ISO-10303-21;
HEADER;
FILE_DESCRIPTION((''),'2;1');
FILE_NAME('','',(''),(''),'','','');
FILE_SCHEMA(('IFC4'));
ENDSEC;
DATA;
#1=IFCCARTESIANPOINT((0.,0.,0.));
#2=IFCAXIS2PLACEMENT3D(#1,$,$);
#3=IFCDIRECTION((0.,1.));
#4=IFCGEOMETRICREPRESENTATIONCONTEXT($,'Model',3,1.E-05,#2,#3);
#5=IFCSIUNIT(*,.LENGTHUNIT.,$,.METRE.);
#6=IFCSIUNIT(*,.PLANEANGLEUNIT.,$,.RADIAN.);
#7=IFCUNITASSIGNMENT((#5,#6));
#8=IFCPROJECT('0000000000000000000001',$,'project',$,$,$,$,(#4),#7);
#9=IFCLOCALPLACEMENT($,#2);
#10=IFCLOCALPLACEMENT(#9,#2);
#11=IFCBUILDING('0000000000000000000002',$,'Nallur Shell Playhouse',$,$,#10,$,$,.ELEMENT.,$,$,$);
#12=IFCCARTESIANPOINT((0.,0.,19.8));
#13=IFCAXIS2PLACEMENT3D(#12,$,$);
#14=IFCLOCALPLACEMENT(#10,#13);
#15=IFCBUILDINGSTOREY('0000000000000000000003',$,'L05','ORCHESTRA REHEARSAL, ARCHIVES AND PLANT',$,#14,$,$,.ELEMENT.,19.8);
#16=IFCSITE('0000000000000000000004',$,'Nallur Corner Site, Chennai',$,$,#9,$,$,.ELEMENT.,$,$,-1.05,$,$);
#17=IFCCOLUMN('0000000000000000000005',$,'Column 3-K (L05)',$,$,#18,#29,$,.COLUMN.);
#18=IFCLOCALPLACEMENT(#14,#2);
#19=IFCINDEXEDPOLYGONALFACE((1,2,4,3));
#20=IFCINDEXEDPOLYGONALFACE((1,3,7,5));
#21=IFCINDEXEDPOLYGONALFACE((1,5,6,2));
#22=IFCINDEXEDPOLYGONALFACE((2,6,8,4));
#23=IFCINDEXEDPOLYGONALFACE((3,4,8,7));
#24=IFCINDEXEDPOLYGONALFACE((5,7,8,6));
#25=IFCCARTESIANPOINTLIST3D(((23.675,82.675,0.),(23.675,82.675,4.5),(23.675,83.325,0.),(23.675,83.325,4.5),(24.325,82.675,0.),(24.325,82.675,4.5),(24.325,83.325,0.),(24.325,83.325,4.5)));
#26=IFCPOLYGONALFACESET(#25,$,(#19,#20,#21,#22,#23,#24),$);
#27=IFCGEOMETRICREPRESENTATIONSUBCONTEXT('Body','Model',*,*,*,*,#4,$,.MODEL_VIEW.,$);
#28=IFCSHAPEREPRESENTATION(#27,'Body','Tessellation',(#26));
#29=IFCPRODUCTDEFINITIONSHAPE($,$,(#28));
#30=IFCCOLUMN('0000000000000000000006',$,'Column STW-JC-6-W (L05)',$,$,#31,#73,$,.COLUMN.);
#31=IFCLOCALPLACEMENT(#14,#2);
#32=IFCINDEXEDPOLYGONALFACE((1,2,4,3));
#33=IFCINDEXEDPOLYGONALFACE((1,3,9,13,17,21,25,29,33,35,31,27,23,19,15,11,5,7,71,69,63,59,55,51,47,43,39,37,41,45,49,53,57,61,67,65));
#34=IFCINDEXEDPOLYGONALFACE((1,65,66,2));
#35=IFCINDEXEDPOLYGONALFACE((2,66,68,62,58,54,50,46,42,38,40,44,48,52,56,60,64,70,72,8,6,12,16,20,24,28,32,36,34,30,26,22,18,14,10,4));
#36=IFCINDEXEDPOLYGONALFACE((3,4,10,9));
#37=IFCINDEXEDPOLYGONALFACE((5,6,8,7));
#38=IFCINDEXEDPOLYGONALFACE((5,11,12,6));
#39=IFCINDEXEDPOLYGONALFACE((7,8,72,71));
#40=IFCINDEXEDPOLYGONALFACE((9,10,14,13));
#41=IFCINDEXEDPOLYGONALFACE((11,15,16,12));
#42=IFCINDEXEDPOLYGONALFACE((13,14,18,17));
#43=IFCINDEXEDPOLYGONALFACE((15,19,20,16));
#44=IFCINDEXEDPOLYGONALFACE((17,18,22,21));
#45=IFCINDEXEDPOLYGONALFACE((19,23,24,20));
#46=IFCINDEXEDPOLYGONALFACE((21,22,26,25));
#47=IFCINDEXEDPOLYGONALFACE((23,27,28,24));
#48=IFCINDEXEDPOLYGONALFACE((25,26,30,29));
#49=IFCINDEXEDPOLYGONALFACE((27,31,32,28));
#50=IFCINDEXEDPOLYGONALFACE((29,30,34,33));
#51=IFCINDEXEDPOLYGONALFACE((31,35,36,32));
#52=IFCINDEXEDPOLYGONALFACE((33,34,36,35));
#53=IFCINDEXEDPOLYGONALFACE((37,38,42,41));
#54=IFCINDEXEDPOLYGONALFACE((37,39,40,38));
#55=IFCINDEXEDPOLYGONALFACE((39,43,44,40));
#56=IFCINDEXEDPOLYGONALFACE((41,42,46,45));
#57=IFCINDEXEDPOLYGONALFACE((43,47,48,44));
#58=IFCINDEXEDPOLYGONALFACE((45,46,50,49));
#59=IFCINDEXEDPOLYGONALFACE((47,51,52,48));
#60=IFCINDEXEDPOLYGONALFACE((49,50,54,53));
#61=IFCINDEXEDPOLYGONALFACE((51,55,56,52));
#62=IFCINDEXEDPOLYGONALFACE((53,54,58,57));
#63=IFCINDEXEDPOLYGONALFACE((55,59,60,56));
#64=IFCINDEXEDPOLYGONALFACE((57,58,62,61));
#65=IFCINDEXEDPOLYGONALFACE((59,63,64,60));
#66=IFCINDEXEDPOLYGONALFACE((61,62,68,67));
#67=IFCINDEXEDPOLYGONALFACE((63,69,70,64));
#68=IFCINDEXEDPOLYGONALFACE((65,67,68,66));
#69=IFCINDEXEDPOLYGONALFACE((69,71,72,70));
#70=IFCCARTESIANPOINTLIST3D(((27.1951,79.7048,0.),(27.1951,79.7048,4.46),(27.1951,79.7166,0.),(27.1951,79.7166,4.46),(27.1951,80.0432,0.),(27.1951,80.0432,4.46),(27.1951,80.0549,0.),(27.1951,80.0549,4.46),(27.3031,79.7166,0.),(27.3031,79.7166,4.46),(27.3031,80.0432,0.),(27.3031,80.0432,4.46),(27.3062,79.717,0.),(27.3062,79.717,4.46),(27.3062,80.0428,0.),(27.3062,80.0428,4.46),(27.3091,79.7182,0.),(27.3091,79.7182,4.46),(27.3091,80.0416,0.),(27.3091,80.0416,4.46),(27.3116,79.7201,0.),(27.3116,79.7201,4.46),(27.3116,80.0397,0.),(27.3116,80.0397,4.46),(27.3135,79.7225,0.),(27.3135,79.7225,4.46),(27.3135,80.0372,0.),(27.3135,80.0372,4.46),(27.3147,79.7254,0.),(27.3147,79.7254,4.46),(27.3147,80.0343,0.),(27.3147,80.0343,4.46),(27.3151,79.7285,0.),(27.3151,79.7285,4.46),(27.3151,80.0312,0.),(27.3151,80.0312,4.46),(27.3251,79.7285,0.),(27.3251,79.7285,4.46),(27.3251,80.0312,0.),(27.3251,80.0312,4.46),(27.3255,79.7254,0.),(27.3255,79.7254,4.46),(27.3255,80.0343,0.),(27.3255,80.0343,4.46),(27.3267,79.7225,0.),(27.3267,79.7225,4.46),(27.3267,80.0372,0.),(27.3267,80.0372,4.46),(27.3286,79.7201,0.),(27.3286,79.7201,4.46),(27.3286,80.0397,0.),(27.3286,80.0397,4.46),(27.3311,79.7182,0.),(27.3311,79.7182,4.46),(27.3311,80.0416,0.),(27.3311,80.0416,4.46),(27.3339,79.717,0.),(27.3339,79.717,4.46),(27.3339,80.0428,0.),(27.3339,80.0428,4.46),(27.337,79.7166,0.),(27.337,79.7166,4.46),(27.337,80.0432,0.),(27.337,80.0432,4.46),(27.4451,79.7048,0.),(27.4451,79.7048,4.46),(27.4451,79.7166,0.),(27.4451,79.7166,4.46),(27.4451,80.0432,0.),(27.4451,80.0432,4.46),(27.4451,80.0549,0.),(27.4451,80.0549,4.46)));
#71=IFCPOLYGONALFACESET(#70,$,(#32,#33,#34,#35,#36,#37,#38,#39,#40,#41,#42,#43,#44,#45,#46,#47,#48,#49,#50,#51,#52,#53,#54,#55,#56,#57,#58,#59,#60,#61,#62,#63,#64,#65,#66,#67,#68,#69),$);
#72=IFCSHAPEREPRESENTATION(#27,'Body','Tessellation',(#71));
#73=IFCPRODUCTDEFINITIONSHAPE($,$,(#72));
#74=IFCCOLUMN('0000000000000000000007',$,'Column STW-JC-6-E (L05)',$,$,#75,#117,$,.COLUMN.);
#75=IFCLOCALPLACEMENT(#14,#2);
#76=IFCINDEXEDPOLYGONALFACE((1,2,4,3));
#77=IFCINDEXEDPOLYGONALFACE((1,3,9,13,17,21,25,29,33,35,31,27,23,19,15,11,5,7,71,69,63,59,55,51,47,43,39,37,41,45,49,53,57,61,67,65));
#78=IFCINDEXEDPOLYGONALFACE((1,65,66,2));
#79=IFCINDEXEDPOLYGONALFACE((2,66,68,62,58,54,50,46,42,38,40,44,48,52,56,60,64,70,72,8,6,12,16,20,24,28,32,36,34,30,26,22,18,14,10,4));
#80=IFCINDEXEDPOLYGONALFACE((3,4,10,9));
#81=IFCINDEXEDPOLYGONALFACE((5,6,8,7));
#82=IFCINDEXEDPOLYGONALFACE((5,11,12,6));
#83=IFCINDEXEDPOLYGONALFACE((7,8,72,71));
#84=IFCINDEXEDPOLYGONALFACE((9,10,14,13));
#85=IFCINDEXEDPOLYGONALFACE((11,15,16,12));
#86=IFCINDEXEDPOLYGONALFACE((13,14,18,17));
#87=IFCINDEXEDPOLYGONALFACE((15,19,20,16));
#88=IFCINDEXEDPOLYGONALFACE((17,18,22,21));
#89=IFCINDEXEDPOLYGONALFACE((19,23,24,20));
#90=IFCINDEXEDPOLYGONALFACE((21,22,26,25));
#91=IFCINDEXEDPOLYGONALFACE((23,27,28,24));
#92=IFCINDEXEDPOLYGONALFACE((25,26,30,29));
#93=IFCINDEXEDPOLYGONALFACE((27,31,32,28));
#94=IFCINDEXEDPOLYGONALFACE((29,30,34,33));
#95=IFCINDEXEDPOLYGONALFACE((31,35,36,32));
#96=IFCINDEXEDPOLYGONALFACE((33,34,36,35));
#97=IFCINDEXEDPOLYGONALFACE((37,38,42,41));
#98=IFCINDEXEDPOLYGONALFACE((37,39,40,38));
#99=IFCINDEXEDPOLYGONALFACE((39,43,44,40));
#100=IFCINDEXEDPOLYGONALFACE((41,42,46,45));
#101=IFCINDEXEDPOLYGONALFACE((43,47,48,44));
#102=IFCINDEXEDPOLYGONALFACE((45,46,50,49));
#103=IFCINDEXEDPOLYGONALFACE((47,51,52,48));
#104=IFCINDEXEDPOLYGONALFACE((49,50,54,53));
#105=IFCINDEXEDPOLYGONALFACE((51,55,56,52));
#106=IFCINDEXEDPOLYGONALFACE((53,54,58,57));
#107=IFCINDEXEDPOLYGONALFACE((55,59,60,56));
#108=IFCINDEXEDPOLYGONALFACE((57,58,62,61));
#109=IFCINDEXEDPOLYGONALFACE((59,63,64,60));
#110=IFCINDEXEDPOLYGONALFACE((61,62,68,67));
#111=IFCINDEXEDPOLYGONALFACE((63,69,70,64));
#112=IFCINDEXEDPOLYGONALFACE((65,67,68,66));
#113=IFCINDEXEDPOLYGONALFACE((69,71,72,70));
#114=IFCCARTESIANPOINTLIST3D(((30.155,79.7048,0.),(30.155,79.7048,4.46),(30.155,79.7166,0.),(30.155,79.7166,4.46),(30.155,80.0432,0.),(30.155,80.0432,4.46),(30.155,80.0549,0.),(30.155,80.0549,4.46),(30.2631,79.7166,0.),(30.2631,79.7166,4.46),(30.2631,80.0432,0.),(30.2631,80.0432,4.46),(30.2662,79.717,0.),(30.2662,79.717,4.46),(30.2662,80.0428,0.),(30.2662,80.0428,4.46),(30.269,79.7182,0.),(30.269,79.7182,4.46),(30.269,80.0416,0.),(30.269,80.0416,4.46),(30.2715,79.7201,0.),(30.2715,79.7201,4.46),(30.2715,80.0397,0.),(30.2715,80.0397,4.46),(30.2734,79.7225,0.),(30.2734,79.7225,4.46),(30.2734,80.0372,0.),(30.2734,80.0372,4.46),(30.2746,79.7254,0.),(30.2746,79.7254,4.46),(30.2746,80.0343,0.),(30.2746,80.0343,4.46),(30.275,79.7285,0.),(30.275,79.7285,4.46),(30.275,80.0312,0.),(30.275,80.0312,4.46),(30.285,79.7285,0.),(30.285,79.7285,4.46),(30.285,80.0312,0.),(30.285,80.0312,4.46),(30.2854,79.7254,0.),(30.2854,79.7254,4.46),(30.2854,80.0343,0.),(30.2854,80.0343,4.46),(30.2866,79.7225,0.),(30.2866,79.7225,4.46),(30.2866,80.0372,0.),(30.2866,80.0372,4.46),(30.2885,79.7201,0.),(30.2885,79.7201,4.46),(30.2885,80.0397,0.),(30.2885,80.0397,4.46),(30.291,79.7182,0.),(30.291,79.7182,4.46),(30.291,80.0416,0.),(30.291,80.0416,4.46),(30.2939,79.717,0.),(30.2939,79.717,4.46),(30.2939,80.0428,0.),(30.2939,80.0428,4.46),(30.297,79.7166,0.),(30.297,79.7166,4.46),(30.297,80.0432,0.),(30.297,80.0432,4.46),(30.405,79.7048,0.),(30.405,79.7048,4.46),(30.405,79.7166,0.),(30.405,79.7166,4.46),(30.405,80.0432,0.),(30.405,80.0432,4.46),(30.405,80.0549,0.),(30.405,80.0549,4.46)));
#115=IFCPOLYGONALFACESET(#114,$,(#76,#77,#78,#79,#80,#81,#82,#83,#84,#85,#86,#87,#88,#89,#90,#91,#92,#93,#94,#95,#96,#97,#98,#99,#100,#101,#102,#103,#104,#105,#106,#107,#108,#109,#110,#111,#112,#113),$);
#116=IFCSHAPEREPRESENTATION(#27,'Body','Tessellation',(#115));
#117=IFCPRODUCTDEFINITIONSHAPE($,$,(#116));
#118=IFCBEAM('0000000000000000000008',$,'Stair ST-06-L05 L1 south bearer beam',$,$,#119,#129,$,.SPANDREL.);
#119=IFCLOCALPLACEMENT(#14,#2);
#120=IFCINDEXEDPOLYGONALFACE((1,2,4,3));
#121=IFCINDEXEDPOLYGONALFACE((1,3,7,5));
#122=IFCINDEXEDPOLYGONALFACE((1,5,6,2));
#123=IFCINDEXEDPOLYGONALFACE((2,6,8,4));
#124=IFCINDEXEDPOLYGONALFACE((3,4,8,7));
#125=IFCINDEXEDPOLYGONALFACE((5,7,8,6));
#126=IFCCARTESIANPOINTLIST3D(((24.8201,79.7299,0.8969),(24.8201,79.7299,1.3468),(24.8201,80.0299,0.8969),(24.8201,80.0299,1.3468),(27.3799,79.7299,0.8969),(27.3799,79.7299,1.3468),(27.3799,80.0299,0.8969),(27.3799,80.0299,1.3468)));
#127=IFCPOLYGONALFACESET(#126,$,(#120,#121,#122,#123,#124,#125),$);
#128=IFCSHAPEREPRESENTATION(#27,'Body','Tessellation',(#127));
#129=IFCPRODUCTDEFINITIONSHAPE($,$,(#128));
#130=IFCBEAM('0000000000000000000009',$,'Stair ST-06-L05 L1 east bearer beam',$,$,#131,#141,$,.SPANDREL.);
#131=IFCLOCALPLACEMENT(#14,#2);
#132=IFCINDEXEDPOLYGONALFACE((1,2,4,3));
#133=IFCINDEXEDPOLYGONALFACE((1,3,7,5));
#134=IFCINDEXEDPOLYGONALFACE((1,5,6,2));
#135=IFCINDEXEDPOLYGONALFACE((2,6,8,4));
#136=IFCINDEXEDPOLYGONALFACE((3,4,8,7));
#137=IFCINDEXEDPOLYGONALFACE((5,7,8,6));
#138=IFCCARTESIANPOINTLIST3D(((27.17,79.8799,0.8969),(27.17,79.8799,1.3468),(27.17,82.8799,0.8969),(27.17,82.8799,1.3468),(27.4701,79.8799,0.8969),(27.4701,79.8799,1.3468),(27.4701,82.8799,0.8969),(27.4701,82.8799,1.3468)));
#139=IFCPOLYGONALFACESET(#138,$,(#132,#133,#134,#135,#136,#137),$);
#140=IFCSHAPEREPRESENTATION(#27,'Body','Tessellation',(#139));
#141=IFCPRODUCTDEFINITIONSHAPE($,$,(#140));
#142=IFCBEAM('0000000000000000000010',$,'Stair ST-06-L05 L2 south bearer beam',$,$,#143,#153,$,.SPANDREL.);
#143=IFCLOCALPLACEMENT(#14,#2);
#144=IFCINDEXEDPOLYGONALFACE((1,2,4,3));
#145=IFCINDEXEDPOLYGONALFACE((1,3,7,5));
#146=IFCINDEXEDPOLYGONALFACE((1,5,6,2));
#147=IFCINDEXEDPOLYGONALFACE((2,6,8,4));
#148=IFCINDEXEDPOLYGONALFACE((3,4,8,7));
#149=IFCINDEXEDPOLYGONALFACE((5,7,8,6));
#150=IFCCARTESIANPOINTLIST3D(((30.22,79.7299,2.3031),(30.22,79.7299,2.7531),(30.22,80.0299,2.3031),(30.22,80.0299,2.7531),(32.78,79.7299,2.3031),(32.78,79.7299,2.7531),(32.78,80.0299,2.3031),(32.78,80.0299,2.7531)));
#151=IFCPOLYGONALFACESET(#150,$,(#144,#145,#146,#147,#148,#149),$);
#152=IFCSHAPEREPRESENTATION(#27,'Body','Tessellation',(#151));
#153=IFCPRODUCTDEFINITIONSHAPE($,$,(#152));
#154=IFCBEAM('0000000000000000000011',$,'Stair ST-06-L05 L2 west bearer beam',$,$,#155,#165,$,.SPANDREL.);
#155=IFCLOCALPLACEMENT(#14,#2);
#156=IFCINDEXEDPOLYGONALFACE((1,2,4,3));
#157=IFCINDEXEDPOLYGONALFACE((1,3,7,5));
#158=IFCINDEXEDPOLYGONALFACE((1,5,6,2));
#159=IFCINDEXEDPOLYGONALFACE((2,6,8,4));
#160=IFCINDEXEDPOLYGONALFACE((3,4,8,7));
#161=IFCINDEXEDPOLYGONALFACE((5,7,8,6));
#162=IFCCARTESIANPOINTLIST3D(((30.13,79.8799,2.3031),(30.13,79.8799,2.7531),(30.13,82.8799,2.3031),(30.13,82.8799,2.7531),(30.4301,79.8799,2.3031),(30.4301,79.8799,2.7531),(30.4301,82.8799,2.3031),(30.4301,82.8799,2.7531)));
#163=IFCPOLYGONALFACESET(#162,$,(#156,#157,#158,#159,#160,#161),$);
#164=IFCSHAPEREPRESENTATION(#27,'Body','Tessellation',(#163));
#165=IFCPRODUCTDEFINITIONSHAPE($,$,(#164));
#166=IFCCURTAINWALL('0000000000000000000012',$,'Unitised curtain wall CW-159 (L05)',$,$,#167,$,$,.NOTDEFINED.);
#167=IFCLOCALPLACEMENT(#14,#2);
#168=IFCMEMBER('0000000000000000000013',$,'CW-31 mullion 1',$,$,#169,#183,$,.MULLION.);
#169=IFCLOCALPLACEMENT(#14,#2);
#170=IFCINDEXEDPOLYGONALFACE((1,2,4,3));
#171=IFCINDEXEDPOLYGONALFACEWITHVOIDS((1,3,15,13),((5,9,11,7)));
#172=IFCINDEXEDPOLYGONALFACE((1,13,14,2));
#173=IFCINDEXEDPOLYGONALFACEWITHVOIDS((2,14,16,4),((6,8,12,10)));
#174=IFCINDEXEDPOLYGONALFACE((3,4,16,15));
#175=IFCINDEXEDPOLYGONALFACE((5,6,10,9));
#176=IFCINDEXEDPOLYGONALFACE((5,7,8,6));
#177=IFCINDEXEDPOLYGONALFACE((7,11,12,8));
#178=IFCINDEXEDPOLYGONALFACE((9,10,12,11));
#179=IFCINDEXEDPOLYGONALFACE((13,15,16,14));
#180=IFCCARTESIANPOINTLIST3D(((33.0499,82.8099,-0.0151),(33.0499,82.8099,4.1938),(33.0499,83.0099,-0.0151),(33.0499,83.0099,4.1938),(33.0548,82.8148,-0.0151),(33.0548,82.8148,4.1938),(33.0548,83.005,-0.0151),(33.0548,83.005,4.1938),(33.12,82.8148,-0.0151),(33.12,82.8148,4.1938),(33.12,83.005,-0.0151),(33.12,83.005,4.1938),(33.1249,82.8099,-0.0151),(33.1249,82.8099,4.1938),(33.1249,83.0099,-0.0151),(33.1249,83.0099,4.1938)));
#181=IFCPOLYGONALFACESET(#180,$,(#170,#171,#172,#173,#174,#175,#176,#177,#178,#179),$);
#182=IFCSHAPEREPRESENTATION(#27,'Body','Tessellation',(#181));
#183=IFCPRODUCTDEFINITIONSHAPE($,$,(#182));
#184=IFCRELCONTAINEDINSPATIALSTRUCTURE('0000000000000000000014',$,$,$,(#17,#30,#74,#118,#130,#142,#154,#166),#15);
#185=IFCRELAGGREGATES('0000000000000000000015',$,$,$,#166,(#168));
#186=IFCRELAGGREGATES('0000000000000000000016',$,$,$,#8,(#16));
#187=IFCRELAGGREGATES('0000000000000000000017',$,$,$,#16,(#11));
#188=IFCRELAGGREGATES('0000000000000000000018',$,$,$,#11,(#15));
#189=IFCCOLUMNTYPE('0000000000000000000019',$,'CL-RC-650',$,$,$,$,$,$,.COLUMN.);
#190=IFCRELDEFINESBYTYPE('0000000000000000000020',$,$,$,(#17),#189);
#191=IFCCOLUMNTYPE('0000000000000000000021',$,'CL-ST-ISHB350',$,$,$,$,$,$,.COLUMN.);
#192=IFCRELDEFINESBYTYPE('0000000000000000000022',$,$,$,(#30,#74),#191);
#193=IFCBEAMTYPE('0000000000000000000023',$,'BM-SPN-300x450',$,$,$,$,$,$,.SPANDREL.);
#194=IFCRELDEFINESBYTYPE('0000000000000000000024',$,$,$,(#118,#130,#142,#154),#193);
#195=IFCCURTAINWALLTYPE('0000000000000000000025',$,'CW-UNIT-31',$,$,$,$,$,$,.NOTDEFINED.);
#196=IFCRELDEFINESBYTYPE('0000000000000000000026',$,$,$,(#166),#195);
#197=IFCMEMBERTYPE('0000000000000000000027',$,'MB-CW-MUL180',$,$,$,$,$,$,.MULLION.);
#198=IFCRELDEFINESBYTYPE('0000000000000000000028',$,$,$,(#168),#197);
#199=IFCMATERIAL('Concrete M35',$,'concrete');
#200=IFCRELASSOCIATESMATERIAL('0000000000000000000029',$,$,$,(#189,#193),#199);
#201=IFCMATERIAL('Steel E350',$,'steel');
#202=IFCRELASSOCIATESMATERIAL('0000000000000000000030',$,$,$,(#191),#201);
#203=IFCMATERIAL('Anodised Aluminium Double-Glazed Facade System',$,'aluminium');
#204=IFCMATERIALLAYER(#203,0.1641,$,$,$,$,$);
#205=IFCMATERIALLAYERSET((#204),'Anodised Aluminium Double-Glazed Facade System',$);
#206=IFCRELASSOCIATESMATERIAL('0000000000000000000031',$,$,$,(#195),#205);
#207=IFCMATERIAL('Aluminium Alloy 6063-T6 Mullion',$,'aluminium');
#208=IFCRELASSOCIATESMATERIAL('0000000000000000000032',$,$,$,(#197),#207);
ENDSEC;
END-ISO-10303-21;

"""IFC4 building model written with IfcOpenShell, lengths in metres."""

from ifc_helpers import new_model, si_unit, direction, frame, origin, origin_2d, place, context, subcontext, project, spatial, rectangle, hollow_rectangle, i_section, extrude, material, layer, layer_set, material_profile, profile_set, type_object, element, aggregate, save


model = new_model("IFC4")

# Units and contexts
model_context = context("Model", 3, precision=1e-05, world=origin(), true_north=direction((0.0, 1.0)))
body_context = subcontext(model_context, "Body", "Model", "MODEL_VIEW")
ifc_project = project(units=[si_unit("LENGTHUNIT", "METRE"), si_unit("PLANEANGLEUNIT", "RADIAN")], contexts=[model_context])

# Site, building, storey
site_placement = place(None, origin())
site = spatial("IfcSite", under=ifc_project, at=site_placement, Name="Nallur Corner Site, Chennai", CompositionType="ELEMENT", RefElevation=-1.05)
building_placement = place(site_placement, origin())
building = spatial("IfcBuilding", under=site, at=building_placement, Name="Nallur Shell Playhouse", CompositionType="ELEMENT")
storey_placement = place(building_placement, frame((0.0, 0.0, 19.8)))
storey = spatial("IfcBuildingStorey", under=building, at=storey_placement, Name="L05", Description="ORCHESTRA REHEARSAL, ARCHIVES AND PLANT", CompositionType="ELEMENT", Elevation=19.8)

# Columns
ifc_material_1 = material(Name="Concrete M35", Category="concrete")
ifc_material_profile_1 = material_profile(ifc_material_1, rectangle(XDim=0.6499, YDim=0.6499, at=origin_2d()), Name="RC 650x650")
ifc_profile_set_1 = profile_set([ifc_material_profile_1], Name="Concrete M35")
column_type_1 = type_object("IfcColumnType", Name="CL-RC-650", PredefinedType="COLUMN", material=ifc_profile_set_1)
column_placement = place(storey_placement, frame((24.0, 83.0, 0.0), z_axis=(0.0, 0.0, 1.0), x_axis=(1.0, 0.0, 0.0)))
element("IfcColumn", 1, at=column_placement, inside=storey, type_object=column_type_1, Name="Column 3-K (L05)", PredefinedType="COLUMN", context=body_context, shape_type="SweptSolid", body=[
    extrude(rectangle(XDim=0.6499, YDim=0.6499, at=origin_2d()), origin(), (0.0, 0.0, 1.0), 4.5),
])
ifc_material_2 = material(Name="Steel E350", Category="steel")
ifc_material_profile_2 = material_profile(ifc_material_2, i_section(OverallWidth=0.25, OverallDepth=0.3501, WebThickness=0.01, FlangeThickness=0.0117, FilletRadius=0.012, at=origin_2d()), Name="ISHB 350")
ifc_profile_set_2 = profile_set([ifc_material_profile_2], Name="Steel E350")
column_type_2 = type_object("IfcColumnType", Name="CL-ST-ISHB350", PredefinedType="COLUMN", material=ifc_profile_set_2)
for number, where, z_axis, x_axis, name in (
    (2, (27.3201, 79.8799, 0.0), (0.0, 0.0, 1.0), (1.0, 0.0, 0.0), "Column STW-JC-6-W (L05)"),
    (3, (30.28, 79.8799, 0.0), (0.0, 0.0, 1.0), (1.0, 0.0, 0.0), "Column STW-JC-6-E (L05)"),
):
    element("IfcColumn", number, at=place(storey_placement, frame(where, z_axis=z_axis, x_axis=x_axis)), inside=storey, type_object=column_type_2, Name=name, PredefinedType="COLUMN", context=body_context, shape_type="SweptSolid", body=[
        extrude(i_section(OverallWidth=0.25, OverallDepth=0.3501, WebThickness=0.01, FlangeThickness=0.0117, FilletRadius=0.012, at=origin_2d()), origin(), (0.0, 0.0, 1.0), 4.46),
    ])

# Beams
ifc_material_profile_3 = material_profile(ifc_material_1, rectangle(XDim=0.3, YDim=0.45, at=origin_2d()), Name="RC 300x450")
ifc_profile_set_3 = profile_set([ifc_material_profile_3], Name="Concrete M35")
beam_type = type_object("IfcBeamType", Name="BM-SPN-300x450", PredefinedType="SPANDREL", material=ifc_profile_set_3)
beam_1_placement = place(storey_placement, frame((24.8201, 79.8799, 1.1218), z_axis=(1.0, 0.0, 0.0), x_axis=(0.0, 1.0, 0.0)))
element("IfcBeam", 4, at=beam_1_placement, inside=storey, type_object=beam_type, Name="Stair ST-06-L05 L1 south bearer beam", PredefinedType="SPANDREL", context=body_context, shape_type="SweptSolid", body=[
    extrude(rectangle(XDim=0.3, YDim=0.45, at=origin_2d()), origin(), (0.0, 0.0, 1.0), 2.5598),
])
beam_2_placement = place(storey_placement, frame((27.3201, 79.8799, 1.1218), z_axis=(0.0, 1.0, 0.0), x_axis=(-1.0, 0.0, 0.0)))
element("IfcBeam", 5, at=beam_2_placement, inside=storey, type_object=beam_type, Name="Stair ST-06-L05 L1 east bearer beam", PredefinedType="SPANDREL", context=body_context, shape_type="SweptSolid", body=[
    extrude(rectangle(XDim=0.3, YDim=0.45, at=origin_2d()), origin(), (0.0, 0.0, 1.0), 3.0),
])
beam_3_placement = place(storey_placement, frame((30.22, 79.8799, 2.5281), z_axis=(1.0, 0.0, 0.0), x_axis=(0.0, 1.0, 0.0)))
element("IfcBeam", 6, at=beam_3_placement, inside=storey, type_object=beam_type, Name="Stair ST-06-L05 L2 south bearer beam", PredefinedType="SPANDREL", context=body_context, shape_type="SweptSolid", body=[
    extrude(rectangle(XDim=0.3, YDim=0.45, at=origin_2d()), origin(), (0.0, 0.0, 1.0), 2.5601),
])
beam_4_placement = place(storey_placement, frame((30.28, 79.8799, 2.5281), z_axis=(0.0, 1.0, 0.0), x_axis=(-1.0, 0.0, 0.0)))
element("IfcBeam", 7, at=beam_4_placement, inside=storey, type_object=beam_type, Name="Stair ST-06-L05 L2 west bearer beam", PredefinedType="SPANDREL", context=body_context, shape_type="SweptSolid", body=[
    extrude(rectangle(XDim=0.3, YDim=0.45, at=origin_2d()), origin(), (0.0, 0.0, 1.0), 3.0),
])

# Curtain wall, member
ifc_material_3 = material(Name="Anodised Aluminium Double-Glazed Facade System", Category="aluminium")
ifc_layer_1 = layer(ifc_material_3, 0.1641)
ifc_layer_set_1 = layer_set([ifc_layer_1], Name="Anodised Aluminium Double-Glazed Facade System")
curtain_wall_type = type_object("IfcCurtainWallType", Name="CW-UNIT-31", PredefinedType="NOTDEFINED", material=ifc_layer_set_1)
curtain_wall_placement = place(storey_placement, origin())
curtain_wall = element("IfcCurtainWall", 8, at=curtain_wall_placement, inside=storey, type_object=curtain_wall_type, Name="Unitised curtain wall CW-159 (L05)", PredefinedType="NOTDEFINED")
ifc_material_4 = material(Name="Aluminium Alloy 6063-T6 Mullion", Category="aluminium")
ifc_material_profile_4 = material_profile(ifc_material_4, hollow_rectangle(XDim=0.075, YDim=0.2, WallThickness=0.0049, at=origin_2d()), Name="ALU 75x200x5")
ifc_profile_set_4 = profile_set([ifc_material_profile_4], Name="Aluminium Alloy 6063-T6 Mullion")
member_type_1 = type_object("IfcMemberType", Name="MB-CW-MUL180", PredefinedType="MULLION", material=ifc_profile_set_4)
member_1_placement = place(storey_placement, frame((33.0874, 82.9099, -0.0151), z_axis=(0.0, 0.0, 1.0), x_axis=(1.0, 0.0, 0.0)))
member_1 = element("IfcMember", 9, at=member_1_placement, type_object=member_type_1, Name="CW-31 mullion 1", PredefinedType="MULLION", context=body_context, shape_type="SweptSolid", body=[
    extrude(hollow_rectangle(XDim=0.075, YDim=0.2, WallThickness=0.0049, at=origin_2d()), origin(), (0.0, 0.0, 1.0), 4.209),
])
aggregate(curtain_wall, [member_1])

save(model, "model.ifc")
